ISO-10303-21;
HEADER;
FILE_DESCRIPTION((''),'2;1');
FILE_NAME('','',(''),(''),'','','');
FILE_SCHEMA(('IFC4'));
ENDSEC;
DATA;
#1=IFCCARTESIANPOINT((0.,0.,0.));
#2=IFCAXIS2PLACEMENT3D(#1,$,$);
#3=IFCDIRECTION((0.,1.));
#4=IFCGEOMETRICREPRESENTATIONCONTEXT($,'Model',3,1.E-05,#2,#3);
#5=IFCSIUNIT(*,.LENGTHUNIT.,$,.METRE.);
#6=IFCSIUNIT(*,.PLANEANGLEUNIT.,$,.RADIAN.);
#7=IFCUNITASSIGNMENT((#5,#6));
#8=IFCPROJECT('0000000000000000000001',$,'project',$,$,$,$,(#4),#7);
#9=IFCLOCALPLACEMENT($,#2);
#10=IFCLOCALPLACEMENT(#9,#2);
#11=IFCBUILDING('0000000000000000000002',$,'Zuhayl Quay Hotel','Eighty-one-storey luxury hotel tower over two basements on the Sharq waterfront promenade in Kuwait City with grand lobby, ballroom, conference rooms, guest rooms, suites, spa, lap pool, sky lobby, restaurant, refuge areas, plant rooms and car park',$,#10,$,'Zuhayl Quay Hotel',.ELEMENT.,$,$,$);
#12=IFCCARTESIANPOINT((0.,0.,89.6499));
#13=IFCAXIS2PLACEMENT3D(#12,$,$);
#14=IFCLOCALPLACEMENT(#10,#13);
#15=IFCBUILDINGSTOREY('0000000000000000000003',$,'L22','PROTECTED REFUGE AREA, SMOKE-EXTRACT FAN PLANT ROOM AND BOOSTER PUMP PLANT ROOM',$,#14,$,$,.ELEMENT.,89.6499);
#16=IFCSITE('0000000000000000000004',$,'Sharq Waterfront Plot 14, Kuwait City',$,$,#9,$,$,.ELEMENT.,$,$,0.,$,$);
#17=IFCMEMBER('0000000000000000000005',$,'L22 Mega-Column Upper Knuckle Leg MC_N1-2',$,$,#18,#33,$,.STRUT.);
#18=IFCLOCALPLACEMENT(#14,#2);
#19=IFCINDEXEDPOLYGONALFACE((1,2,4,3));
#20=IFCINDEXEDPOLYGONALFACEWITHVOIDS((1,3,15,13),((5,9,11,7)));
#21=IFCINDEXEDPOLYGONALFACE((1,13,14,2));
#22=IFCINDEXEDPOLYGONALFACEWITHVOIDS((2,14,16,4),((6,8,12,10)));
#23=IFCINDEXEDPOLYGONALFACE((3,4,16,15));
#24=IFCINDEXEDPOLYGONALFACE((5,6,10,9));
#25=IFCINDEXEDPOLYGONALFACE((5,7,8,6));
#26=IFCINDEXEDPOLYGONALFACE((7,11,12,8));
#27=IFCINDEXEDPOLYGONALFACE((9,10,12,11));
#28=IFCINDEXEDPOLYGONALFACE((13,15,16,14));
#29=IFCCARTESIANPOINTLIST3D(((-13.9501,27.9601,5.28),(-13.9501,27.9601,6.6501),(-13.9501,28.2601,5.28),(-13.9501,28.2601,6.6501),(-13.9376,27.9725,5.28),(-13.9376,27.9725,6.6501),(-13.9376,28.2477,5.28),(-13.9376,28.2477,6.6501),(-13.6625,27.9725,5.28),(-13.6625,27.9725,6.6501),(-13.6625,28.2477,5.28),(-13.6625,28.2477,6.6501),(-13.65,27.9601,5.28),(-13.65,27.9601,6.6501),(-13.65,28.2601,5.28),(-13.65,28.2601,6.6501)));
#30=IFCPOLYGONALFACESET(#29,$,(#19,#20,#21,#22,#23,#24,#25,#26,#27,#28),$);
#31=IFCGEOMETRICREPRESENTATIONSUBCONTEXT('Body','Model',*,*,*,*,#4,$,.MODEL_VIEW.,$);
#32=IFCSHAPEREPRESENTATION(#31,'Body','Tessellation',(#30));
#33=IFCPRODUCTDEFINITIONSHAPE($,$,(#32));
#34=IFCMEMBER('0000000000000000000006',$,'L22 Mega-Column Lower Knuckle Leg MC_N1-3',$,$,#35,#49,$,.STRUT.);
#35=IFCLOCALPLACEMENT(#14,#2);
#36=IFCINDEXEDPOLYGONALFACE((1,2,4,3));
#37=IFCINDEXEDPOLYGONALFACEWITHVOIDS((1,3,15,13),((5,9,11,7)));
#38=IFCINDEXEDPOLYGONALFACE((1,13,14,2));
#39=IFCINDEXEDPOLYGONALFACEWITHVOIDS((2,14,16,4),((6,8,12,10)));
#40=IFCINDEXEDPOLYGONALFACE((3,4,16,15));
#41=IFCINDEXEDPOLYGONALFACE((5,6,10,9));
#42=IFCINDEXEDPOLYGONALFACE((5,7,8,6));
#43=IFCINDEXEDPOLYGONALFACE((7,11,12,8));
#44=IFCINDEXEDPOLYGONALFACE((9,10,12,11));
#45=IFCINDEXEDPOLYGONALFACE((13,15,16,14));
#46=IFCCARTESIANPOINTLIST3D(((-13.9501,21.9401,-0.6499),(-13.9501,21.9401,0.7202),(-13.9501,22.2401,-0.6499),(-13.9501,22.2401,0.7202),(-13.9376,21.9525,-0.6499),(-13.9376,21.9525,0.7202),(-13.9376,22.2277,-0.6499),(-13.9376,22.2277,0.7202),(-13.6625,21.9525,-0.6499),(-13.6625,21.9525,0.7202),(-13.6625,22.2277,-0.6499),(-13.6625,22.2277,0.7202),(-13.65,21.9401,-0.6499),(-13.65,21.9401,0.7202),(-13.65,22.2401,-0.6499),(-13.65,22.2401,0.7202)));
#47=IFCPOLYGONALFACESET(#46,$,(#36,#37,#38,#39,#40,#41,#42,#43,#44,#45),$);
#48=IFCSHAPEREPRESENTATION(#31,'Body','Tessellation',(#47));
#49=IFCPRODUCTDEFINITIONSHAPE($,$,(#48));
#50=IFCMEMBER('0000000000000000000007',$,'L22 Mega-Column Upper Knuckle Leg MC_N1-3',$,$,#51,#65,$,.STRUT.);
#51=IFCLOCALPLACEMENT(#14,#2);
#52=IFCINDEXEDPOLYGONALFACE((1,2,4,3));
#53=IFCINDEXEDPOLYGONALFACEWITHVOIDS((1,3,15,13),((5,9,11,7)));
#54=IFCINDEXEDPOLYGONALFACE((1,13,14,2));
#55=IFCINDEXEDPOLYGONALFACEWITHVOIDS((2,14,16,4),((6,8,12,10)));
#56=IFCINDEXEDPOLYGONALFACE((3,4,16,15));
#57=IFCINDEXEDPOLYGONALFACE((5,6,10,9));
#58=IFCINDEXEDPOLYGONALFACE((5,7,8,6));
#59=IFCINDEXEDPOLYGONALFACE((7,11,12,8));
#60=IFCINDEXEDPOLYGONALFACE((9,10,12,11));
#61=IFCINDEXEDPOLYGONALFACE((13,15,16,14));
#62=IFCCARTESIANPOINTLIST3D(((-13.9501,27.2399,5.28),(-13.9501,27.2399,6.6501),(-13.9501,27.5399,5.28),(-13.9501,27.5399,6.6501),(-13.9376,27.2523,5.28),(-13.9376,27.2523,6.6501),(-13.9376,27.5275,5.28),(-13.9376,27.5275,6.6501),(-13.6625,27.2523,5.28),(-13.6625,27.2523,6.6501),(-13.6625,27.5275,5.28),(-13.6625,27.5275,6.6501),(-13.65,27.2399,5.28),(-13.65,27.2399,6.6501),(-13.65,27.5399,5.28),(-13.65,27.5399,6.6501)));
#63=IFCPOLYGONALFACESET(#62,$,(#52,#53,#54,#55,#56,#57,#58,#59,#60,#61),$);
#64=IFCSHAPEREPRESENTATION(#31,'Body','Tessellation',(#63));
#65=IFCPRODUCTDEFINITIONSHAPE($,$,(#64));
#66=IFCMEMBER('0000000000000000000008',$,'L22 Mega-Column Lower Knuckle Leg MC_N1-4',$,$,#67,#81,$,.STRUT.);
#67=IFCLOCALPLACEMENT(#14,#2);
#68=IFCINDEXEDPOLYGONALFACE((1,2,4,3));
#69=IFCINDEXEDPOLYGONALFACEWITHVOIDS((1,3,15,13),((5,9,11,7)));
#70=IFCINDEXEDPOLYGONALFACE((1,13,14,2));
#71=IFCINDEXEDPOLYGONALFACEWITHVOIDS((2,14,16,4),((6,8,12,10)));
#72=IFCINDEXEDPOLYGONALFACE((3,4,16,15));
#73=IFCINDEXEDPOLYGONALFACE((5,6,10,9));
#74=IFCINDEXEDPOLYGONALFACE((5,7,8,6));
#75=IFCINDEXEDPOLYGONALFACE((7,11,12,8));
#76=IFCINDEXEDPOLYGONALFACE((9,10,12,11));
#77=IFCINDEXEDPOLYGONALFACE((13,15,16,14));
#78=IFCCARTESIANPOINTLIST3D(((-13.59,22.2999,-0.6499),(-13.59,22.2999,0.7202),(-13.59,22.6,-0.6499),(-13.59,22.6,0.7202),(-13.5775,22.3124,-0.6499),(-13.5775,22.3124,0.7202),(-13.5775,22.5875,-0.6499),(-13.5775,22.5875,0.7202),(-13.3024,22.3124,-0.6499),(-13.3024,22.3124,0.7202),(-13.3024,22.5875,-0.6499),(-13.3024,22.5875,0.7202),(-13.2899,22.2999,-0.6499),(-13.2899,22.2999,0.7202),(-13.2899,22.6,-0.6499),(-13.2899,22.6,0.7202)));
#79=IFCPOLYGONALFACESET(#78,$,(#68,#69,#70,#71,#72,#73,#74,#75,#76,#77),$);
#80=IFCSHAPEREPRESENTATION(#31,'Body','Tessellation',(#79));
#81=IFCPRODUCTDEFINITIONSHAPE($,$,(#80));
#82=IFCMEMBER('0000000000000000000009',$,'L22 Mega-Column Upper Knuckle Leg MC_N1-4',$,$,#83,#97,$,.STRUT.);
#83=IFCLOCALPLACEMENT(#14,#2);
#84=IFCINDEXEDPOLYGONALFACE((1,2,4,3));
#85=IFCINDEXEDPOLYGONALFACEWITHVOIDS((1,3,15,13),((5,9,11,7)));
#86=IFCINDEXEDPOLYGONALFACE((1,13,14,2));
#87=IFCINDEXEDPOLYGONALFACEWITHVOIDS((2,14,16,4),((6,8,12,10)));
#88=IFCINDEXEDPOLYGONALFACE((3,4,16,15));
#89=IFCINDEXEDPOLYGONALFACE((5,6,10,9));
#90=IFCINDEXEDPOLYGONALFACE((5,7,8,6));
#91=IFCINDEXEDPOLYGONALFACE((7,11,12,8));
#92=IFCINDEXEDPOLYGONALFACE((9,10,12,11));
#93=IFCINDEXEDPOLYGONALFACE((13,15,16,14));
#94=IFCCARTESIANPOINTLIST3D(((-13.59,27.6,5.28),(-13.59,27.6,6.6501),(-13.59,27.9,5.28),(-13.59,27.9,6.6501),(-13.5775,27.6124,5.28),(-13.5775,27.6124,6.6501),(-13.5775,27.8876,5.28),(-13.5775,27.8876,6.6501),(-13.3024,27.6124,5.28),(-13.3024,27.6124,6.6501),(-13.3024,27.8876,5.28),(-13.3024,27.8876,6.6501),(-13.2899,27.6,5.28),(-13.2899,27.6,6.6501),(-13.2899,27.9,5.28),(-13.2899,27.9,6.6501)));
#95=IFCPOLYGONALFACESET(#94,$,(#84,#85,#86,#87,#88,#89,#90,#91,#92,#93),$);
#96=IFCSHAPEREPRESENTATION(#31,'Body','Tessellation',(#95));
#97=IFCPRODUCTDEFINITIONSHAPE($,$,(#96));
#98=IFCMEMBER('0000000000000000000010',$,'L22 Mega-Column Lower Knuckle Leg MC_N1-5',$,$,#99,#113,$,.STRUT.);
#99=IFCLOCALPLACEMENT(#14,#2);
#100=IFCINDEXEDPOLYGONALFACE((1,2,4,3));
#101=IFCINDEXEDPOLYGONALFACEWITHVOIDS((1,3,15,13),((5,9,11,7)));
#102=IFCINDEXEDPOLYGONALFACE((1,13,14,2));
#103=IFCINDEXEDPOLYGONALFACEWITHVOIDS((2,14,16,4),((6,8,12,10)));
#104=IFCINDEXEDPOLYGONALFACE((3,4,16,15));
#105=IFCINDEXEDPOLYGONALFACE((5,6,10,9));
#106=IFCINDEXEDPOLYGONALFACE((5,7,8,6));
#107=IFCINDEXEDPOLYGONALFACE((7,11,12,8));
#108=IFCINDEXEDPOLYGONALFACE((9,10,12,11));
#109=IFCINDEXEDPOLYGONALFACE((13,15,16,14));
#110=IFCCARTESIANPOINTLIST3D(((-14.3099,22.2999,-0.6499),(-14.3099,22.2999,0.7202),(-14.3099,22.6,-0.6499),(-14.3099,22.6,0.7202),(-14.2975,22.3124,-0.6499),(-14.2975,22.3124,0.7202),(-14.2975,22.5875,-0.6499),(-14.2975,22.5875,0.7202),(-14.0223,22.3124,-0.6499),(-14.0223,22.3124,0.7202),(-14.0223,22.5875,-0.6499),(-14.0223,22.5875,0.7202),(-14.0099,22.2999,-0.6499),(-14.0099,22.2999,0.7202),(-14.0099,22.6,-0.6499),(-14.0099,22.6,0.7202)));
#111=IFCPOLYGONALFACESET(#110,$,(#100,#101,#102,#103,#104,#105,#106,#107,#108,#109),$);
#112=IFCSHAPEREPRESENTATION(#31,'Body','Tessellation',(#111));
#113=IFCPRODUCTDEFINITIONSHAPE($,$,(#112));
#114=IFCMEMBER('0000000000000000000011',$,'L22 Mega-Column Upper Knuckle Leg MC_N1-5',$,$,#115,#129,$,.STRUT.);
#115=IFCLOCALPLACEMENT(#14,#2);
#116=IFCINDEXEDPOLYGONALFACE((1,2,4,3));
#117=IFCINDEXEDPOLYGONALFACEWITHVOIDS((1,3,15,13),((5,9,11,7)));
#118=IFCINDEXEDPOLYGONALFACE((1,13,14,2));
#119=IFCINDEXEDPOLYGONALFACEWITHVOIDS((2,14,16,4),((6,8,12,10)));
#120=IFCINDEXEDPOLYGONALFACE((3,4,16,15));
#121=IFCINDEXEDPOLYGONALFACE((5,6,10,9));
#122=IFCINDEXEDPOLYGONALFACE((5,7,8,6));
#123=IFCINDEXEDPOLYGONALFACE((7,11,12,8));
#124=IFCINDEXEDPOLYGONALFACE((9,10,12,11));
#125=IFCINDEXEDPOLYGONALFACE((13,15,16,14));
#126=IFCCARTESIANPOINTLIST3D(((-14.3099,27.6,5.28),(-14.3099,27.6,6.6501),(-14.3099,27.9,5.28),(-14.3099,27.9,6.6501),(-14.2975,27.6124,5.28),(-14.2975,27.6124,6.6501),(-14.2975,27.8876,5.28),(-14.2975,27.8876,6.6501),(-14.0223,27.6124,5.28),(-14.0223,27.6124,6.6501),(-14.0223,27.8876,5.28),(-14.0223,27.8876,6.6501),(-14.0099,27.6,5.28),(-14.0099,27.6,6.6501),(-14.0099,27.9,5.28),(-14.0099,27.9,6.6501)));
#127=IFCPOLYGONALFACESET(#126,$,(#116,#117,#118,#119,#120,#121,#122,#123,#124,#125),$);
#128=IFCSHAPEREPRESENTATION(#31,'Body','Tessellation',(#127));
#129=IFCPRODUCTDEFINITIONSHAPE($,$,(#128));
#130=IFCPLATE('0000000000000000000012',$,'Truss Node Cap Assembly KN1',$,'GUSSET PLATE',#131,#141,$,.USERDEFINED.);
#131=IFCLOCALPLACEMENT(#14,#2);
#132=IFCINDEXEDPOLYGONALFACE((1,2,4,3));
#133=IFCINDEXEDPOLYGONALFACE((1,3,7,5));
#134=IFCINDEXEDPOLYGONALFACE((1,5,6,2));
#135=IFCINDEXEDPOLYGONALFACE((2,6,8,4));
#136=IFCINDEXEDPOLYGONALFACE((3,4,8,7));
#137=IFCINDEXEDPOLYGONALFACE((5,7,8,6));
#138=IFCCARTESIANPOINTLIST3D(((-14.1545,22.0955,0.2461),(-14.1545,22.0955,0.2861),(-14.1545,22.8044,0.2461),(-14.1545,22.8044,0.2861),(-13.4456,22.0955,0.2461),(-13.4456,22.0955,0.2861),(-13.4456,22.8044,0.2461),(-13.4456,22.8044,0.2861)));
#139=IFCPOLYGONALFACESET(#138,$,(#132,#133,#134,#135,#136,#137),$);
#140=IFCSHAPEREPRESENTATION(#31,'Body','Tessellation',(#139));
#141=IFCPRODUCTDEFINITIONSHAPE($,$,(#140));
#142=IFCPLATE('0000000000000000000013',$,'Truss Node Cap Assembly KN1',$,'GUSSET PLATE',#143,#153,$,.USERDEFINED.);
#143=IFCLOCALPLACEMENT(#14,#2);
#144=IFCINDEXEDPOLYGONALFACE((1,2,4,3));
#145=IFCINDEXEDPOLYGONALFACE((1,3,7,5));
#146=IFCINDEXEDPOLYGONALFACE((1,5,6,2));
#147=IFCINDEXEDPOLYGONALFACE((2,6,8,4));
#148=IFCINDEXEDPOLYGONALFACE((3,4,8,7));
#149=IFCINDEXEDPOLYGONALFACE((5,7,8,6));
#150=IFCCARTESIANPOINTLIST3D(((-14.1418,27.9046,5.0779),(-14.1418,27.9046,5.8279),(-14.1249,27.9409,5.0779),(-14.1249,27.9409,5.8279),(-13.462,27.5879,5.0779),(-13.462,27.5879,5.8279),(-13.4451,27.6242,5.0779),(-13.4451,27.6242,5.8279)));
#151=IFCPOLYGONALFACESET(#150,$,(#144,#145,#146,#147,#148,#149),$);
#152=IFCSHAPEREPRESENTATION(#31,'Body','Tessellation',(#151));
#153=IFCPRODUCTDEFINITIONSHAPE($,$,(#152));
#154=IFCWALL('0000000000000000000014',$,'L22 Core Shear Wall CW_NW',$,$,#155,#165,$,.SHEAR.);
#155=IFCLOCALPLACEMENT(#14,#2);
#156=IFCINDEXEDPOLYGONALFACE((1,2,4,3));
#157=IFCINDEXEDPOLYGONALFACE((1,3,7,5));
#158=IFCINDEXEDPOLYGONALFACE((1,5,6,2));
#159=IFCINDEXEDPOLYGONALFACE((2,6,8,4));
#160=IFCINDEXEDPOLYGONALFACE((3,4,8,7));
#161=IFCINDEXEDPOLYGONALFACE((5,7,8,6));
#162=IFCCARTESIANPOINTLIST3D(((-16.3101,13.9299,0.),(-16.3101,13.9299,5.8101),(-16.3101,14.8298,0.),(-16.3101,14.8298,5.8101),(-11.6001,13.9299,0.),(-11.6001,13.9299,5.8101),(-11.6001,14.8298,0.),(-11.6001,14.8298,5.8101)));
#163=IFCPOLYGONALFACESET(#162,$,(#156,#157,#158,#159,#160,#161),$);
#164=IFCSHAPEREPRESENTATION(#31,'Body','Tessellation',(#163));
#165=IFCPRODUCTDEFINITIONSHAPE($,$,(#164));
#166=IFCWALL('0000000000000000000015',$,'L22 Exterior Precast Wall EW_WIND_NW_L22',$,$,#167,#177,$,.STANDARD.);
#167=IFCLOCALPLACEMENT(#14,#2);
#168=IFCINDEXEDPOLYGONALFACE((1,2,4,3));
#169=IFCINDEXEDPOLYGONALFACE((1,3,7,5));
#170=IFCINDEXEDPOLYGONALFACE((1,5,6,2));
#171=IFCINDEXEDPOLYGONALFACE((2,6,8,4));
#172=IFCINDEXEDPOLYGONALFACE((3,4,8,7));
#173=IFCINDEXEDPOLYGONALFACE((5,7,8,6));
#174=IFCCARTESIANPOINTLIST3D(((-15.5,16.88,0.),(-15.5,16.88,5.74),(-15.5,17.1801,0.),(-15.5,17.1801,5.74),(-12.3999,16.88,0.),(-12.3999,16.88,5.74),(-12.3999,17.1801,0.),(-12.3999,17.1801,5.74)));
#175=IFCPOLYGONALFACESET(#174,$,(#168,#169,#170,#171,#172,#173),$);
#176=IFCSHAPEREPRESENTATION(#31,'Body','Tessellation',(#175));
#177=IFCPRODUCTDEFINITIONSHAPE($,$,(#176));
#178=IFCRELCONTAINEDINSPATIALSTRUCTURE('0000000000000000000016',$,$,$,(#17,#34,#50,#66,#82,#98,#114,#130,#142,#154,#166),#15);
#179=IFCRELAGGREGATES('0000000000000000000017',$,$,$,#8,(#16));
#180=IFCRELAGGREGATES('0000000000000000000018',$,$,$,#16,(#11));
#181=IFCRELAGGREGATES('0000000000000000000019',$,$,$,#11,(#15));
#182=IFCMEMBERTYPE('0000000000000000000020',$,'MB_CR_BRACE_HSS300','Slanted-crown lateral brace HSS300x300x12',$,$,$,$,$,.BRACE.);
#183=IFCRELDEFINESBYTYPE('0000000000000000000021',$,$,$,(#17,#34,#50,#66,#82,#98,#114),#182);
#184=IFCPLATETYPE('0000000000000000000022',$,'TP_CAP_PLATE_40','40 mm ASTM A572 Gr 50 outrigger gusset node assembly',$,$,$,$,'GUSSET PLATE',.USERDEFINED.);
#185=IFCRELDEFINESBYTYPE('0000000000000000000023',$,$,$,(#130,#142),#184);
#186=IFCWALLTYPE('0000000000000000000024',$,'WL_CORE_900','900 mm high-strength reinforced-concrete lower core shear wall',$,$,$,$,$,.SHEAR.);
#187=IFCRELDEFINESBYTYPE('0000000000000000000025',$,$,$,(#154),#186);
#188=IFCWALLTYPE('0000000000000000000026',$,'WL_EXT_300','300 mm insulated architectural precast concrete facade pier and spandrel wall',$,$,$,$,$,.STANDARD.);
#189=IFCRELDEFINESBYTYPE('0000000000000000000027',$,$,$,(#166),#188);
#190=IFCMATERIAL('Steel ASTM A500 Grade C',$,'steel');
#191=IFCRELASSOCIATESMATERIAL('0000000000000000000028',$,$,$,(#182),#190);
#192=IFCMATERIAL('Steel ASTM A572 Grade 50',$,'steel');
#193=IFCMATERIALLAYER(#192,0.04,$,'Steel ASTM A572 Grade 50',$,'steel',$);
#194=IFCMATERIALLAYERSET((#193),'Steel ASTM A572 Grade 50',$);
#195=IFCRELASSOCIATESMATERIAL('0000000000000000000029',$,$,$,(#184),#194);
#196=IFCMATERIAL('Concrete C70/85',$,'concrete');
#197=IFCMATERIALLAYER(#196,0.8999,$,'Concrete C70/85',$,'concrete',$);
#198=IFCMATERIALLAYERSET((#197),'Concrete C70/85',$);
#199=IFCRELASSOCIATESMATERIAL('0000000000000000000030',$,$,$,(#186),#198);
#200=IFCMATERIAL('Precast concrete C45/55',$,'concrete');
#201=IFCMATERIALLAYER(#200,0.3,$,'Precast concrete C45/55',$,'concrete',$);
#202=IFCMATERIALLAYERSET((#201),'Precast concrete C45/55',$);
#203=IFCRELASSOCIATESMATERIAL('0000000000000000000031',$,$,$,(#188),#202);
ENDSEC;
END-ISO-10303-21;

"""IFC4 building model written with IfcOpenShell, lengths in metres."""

from ifc_helpers import new_model, si_unit, direction, frame, frame_2d, origin, origin_2d, place, context, subcontext, project, spatial, rectangle, hollow_rectangle, extrude, material, layer, layer_set, material_profile, profile_set, type_object, element, save


model = new_model("IFC4")

# Units and contexts
model_context = context("Model", 3, precision=1e-05, world=origin(), true_north=direction((0.0, 1.0)))
body_context = subcontext(model_context, "Body", "Model", "MODEL_VIEW")
ifc_project = project(units=[si_unit("LENGTHUNIT", "METRE"), si_unit("PLANEANGLEUNIT", "RADIAN")], contexts=[model_context])

# Site, building, storey
site_placement = place(None, origin())
site = spatial("IfcSite", under=ifc_project, at=site_placement, Name="Sharq Waterfront Plot 14, Kuwait City", CompositionType="ELEMENT", RefElevation=0.0)
building_placement = place(site_placement, origin())
building = spatial("IfcBuilding", under=site, at=building_placement, Name="Zuhayl Quay Hotel", Description="Eighty-one-storey luxury hotel tower over two basements on the Sharq waterfront promenade in Kuwait City with grand lobby, ballroom, conference rooms, guest rooms, suites, spa, lap pool, sky lobby, restaurant, refuge areas, plant rooms and car park", LongName="Zuhayl Quay Hotel", CompositionType="ELEMENT")
storey_placement = place(building_placement, frame((0.0, 0.0, 89.6499)))
storey = spatial("IfcBuildingStorey", under=building, at=storey_placement, Name="L22", Description="PROTECTED REFUGE AREA, SMOKE-EXTRACT FAN PLANT ROOM AND BOOSTER PUMP PLANT ROOM", CompositionType="ELEMENT", Elevation=89.6499)

# Shared definitions
ifc_material_1 = material(Name="Concrete C70/85", Category="concrete")

# Members
ifc_material_2 = material(Name="Steel ASTM A500 Grade C", Category="steel")
ifc_material_profile_1 = material_profile(ifc_material_2, hollow_rectangle(XDim=0.3, YDim=0.3, WallThickness=0.0125, at=origin_2d()), Name="HSS300X300X12")
ifc_profile_set_1 = profile_set([ifc_material_profile_1], Name="Steel ASTM A500 Grade C")
member_type_1 = type_object("IfcMemberType", Name="MB_CR_BRACE_HSS300", Description="Slanted-crown lateral brace HSS300x300x12", PredefinedType="BRACE", material=ifc_profile_set_1)
for number, where, z_axis, x_axis, name in (
    (1, (-13.8, 28.1101, 5.28), (0.0, 0.0, 1.0), (1.0, 0.0, 0.0), "L22 Mega-Column Upper Knuckle Leg MC_N1-2"),
    (2, (-13.8, 22.0901, -0.6499), (0.0, 0.0, 1.0), (1.0, 0.0, 0.0), "L22 Mega-Column Lower Knuckle Leg MC_N1-3"),
    (3, (-13.8, 27.3899, 5.28), (0.0, 0.0, 1.0), (1.0, 0.0, 0.0), "L22 Mega-Column Upper Knuckle Leg MC_N1-3"),
    (4, (-13.4399, 22.45, -0.6499), (0.0, 0.0, 1.0), (1.0, 0.0, 0.0), "L22 Mega-Column Lower Knuckle Leg MC_N1-4"),
    (5, (-13.4399, 27.75, 5.28), (0.0, 0.0, 1.0), (1.0, 0.0, 0.0), "L22 Mega-Column Upper Knuckle Leg MC_N1-4"),
    (6, (-14.1599, 22.45, -0.6499), (0.0, 0.0, 1.0), (1.0, 0.0, 0.0), "L22 Mega-Column Lower Knuckle Leg MC_N1-5"),
    (7, (-14.1599, 27.75, 5.28), (0.0, 0.0, 1.0), (1.0, 0.0, 0.0), "L22 Mega-Column Upper Knuckle Leg MC_N1-5"),
):
    element("IfcMember", number, at=place(storey_placement, frame(where, z_axis=z_axis, x_axis=x_axis)), inside=storey, type_object=member_type_1, Name=name, PredefinedType="STRUT", context=body_context, shape_type="SweptSolid", body=[
        extrude(hollow_rectangle(XDim=0.3, YDim=0.3, WallThickness=0.0125, at=origin_2d()), origin(), (0.0, 0.0, 1.0), 1.3701),
    ])

# Plates
ifc_material_3 = material(Name="Steel ASTM A572 Grade 50", Category="steel")
ifc_layer_1 = layer(ifc_material_3, 0.04, Name="Steel ASTM A572 Grade 50", Category="steel")
ifc_layer_set_1 = layer_set([ifc_layer_1], Name="Steel ASTM A572 Grade 50")
plate_type = type_object("IfcPlateType", Name="TP_CAP_PLATE_40", Description="40 mm ASTM A572 Gr 50 outrigger gusset node assembly", ElementType="GUSSET PLATE", PredefinedType="USERDEFINED", material=ifc_layer_set_1)
plate_1_placement = place(storey_placement, frame((-13.8, 22.45, 0.2461), z_axis=(0.0, 0.0, 1.0), x_axis=(1.0, 0.0, 0.0)))
element("IfcPlate", 8, at=plate_1_placement, inside=storey, type_object=plate_type, Name="Truss Node Cap Assembly KN1", ObjectType="GUSSET PLATE", PredefinedType="USERDEFINED", context=body_context, shape_type="SweptSolid", body=[
    extrude(rectangle(XDim=0.709, YDim=0.709, at=origin_2d()), origin(), (0.0, 0.0, 1.0), 0.04),
])
plate_2_placement = place(storey_placement, frame((-13.7935, 27.7644, 5.0779), z_axis=(0.0, 0.0, 1.0), x_axis=(0.422302, 0.906455, 0.0)))
element("IfcPlate", 9, at=plate_2_placement, inside=storey, type_object=plate_type, Name="Truss Node Cap Assembly KN1", ObjectType="GUSSET PLATE", PredefinedType="USERDEFINED", context=body_context, shape_type="SweptSolid", body=[
    extrude(rectangle(XDim=0.04, YDim=0.75, at=origin_2d()), origin(), (0.0, 0.0, 1.0), 0.75),
])

# Walls
ifc_layer_2 = layer(ifc_material_1, 0.8999, Name="Concrete C70/85", Category="concrete")
ifc_layer_set_2 = layer_set([ifc_layer_2], Name="Concrete C70/85")
wall_type_1 = type_object("IfcWallType", Name="WL_CORE_900", Description="900 mm high-strength reinforced-concrete lower core shear wall", PredefinedType="SHEAR", material=ifc_layer_set_2)
wall_1_placement = place(storey_placement, frame((-16.3101, 14.3799, 0.0), z_axis=(0.0, 0.0, 1.0), x_axis=(1.0, 0.0, 0.0)))
element("IfcWall", 10, at=wall_1_placement, inside=storey, type_object=wall_type_1, Name="L22 Core Shear Wall CW_NW", PredefinedType="SHEAR", context=body_context, shape_type="SweptSolid", body=[
    extrude(rectangle(XDim=4.71, YDim=0.8999, at=frame_2d((2.355, 0.0))), origin(), (0.0, 0.0, 1.0), 5.8101),
])
ifc_material_4 = material(Name="Precast concrete C45/55", Category="concrete")
ifc_layer_3 = layer(ifc_material_4, 0.3, Name="Precast concrete C45/55", Category="concrete")
ifc_layer_set_3 = layer_set([ifc_layer_3], Name="Precast concrete C45/55")
wall_type_2 = type_object("IfcWallType", Name="WL_EXT_300", Description="300 mm insulated architectural precast concrete facade pier and spandrel wall", PredefinedType="STANDARD", material=ifc_layer_set_3)
wall_2_placement = place(storey_placement, frame((-15.5, 17.03, 0.0), z_axis=(0.0, 0.0, 1.0), x_axis=(1.0, 0.0, 0.0)))
element("IfcWall", 11, at=wall_2_placement, inside=storey, type_object=wall_type_2, Name="L22 Exterior Precast Wall EW_WIND_NW_L22", PredefinedType="STANDARD", context=body_context, shape_type="SweptSolid", body=[
    extrude(rectangle(XDim=3.1001, YDim=0.3, at=frame_2d((1.55, 0.0))), origin(), (0.0, 0.0, 1.0), 5.74),
])

save(model, "model.ifc")
